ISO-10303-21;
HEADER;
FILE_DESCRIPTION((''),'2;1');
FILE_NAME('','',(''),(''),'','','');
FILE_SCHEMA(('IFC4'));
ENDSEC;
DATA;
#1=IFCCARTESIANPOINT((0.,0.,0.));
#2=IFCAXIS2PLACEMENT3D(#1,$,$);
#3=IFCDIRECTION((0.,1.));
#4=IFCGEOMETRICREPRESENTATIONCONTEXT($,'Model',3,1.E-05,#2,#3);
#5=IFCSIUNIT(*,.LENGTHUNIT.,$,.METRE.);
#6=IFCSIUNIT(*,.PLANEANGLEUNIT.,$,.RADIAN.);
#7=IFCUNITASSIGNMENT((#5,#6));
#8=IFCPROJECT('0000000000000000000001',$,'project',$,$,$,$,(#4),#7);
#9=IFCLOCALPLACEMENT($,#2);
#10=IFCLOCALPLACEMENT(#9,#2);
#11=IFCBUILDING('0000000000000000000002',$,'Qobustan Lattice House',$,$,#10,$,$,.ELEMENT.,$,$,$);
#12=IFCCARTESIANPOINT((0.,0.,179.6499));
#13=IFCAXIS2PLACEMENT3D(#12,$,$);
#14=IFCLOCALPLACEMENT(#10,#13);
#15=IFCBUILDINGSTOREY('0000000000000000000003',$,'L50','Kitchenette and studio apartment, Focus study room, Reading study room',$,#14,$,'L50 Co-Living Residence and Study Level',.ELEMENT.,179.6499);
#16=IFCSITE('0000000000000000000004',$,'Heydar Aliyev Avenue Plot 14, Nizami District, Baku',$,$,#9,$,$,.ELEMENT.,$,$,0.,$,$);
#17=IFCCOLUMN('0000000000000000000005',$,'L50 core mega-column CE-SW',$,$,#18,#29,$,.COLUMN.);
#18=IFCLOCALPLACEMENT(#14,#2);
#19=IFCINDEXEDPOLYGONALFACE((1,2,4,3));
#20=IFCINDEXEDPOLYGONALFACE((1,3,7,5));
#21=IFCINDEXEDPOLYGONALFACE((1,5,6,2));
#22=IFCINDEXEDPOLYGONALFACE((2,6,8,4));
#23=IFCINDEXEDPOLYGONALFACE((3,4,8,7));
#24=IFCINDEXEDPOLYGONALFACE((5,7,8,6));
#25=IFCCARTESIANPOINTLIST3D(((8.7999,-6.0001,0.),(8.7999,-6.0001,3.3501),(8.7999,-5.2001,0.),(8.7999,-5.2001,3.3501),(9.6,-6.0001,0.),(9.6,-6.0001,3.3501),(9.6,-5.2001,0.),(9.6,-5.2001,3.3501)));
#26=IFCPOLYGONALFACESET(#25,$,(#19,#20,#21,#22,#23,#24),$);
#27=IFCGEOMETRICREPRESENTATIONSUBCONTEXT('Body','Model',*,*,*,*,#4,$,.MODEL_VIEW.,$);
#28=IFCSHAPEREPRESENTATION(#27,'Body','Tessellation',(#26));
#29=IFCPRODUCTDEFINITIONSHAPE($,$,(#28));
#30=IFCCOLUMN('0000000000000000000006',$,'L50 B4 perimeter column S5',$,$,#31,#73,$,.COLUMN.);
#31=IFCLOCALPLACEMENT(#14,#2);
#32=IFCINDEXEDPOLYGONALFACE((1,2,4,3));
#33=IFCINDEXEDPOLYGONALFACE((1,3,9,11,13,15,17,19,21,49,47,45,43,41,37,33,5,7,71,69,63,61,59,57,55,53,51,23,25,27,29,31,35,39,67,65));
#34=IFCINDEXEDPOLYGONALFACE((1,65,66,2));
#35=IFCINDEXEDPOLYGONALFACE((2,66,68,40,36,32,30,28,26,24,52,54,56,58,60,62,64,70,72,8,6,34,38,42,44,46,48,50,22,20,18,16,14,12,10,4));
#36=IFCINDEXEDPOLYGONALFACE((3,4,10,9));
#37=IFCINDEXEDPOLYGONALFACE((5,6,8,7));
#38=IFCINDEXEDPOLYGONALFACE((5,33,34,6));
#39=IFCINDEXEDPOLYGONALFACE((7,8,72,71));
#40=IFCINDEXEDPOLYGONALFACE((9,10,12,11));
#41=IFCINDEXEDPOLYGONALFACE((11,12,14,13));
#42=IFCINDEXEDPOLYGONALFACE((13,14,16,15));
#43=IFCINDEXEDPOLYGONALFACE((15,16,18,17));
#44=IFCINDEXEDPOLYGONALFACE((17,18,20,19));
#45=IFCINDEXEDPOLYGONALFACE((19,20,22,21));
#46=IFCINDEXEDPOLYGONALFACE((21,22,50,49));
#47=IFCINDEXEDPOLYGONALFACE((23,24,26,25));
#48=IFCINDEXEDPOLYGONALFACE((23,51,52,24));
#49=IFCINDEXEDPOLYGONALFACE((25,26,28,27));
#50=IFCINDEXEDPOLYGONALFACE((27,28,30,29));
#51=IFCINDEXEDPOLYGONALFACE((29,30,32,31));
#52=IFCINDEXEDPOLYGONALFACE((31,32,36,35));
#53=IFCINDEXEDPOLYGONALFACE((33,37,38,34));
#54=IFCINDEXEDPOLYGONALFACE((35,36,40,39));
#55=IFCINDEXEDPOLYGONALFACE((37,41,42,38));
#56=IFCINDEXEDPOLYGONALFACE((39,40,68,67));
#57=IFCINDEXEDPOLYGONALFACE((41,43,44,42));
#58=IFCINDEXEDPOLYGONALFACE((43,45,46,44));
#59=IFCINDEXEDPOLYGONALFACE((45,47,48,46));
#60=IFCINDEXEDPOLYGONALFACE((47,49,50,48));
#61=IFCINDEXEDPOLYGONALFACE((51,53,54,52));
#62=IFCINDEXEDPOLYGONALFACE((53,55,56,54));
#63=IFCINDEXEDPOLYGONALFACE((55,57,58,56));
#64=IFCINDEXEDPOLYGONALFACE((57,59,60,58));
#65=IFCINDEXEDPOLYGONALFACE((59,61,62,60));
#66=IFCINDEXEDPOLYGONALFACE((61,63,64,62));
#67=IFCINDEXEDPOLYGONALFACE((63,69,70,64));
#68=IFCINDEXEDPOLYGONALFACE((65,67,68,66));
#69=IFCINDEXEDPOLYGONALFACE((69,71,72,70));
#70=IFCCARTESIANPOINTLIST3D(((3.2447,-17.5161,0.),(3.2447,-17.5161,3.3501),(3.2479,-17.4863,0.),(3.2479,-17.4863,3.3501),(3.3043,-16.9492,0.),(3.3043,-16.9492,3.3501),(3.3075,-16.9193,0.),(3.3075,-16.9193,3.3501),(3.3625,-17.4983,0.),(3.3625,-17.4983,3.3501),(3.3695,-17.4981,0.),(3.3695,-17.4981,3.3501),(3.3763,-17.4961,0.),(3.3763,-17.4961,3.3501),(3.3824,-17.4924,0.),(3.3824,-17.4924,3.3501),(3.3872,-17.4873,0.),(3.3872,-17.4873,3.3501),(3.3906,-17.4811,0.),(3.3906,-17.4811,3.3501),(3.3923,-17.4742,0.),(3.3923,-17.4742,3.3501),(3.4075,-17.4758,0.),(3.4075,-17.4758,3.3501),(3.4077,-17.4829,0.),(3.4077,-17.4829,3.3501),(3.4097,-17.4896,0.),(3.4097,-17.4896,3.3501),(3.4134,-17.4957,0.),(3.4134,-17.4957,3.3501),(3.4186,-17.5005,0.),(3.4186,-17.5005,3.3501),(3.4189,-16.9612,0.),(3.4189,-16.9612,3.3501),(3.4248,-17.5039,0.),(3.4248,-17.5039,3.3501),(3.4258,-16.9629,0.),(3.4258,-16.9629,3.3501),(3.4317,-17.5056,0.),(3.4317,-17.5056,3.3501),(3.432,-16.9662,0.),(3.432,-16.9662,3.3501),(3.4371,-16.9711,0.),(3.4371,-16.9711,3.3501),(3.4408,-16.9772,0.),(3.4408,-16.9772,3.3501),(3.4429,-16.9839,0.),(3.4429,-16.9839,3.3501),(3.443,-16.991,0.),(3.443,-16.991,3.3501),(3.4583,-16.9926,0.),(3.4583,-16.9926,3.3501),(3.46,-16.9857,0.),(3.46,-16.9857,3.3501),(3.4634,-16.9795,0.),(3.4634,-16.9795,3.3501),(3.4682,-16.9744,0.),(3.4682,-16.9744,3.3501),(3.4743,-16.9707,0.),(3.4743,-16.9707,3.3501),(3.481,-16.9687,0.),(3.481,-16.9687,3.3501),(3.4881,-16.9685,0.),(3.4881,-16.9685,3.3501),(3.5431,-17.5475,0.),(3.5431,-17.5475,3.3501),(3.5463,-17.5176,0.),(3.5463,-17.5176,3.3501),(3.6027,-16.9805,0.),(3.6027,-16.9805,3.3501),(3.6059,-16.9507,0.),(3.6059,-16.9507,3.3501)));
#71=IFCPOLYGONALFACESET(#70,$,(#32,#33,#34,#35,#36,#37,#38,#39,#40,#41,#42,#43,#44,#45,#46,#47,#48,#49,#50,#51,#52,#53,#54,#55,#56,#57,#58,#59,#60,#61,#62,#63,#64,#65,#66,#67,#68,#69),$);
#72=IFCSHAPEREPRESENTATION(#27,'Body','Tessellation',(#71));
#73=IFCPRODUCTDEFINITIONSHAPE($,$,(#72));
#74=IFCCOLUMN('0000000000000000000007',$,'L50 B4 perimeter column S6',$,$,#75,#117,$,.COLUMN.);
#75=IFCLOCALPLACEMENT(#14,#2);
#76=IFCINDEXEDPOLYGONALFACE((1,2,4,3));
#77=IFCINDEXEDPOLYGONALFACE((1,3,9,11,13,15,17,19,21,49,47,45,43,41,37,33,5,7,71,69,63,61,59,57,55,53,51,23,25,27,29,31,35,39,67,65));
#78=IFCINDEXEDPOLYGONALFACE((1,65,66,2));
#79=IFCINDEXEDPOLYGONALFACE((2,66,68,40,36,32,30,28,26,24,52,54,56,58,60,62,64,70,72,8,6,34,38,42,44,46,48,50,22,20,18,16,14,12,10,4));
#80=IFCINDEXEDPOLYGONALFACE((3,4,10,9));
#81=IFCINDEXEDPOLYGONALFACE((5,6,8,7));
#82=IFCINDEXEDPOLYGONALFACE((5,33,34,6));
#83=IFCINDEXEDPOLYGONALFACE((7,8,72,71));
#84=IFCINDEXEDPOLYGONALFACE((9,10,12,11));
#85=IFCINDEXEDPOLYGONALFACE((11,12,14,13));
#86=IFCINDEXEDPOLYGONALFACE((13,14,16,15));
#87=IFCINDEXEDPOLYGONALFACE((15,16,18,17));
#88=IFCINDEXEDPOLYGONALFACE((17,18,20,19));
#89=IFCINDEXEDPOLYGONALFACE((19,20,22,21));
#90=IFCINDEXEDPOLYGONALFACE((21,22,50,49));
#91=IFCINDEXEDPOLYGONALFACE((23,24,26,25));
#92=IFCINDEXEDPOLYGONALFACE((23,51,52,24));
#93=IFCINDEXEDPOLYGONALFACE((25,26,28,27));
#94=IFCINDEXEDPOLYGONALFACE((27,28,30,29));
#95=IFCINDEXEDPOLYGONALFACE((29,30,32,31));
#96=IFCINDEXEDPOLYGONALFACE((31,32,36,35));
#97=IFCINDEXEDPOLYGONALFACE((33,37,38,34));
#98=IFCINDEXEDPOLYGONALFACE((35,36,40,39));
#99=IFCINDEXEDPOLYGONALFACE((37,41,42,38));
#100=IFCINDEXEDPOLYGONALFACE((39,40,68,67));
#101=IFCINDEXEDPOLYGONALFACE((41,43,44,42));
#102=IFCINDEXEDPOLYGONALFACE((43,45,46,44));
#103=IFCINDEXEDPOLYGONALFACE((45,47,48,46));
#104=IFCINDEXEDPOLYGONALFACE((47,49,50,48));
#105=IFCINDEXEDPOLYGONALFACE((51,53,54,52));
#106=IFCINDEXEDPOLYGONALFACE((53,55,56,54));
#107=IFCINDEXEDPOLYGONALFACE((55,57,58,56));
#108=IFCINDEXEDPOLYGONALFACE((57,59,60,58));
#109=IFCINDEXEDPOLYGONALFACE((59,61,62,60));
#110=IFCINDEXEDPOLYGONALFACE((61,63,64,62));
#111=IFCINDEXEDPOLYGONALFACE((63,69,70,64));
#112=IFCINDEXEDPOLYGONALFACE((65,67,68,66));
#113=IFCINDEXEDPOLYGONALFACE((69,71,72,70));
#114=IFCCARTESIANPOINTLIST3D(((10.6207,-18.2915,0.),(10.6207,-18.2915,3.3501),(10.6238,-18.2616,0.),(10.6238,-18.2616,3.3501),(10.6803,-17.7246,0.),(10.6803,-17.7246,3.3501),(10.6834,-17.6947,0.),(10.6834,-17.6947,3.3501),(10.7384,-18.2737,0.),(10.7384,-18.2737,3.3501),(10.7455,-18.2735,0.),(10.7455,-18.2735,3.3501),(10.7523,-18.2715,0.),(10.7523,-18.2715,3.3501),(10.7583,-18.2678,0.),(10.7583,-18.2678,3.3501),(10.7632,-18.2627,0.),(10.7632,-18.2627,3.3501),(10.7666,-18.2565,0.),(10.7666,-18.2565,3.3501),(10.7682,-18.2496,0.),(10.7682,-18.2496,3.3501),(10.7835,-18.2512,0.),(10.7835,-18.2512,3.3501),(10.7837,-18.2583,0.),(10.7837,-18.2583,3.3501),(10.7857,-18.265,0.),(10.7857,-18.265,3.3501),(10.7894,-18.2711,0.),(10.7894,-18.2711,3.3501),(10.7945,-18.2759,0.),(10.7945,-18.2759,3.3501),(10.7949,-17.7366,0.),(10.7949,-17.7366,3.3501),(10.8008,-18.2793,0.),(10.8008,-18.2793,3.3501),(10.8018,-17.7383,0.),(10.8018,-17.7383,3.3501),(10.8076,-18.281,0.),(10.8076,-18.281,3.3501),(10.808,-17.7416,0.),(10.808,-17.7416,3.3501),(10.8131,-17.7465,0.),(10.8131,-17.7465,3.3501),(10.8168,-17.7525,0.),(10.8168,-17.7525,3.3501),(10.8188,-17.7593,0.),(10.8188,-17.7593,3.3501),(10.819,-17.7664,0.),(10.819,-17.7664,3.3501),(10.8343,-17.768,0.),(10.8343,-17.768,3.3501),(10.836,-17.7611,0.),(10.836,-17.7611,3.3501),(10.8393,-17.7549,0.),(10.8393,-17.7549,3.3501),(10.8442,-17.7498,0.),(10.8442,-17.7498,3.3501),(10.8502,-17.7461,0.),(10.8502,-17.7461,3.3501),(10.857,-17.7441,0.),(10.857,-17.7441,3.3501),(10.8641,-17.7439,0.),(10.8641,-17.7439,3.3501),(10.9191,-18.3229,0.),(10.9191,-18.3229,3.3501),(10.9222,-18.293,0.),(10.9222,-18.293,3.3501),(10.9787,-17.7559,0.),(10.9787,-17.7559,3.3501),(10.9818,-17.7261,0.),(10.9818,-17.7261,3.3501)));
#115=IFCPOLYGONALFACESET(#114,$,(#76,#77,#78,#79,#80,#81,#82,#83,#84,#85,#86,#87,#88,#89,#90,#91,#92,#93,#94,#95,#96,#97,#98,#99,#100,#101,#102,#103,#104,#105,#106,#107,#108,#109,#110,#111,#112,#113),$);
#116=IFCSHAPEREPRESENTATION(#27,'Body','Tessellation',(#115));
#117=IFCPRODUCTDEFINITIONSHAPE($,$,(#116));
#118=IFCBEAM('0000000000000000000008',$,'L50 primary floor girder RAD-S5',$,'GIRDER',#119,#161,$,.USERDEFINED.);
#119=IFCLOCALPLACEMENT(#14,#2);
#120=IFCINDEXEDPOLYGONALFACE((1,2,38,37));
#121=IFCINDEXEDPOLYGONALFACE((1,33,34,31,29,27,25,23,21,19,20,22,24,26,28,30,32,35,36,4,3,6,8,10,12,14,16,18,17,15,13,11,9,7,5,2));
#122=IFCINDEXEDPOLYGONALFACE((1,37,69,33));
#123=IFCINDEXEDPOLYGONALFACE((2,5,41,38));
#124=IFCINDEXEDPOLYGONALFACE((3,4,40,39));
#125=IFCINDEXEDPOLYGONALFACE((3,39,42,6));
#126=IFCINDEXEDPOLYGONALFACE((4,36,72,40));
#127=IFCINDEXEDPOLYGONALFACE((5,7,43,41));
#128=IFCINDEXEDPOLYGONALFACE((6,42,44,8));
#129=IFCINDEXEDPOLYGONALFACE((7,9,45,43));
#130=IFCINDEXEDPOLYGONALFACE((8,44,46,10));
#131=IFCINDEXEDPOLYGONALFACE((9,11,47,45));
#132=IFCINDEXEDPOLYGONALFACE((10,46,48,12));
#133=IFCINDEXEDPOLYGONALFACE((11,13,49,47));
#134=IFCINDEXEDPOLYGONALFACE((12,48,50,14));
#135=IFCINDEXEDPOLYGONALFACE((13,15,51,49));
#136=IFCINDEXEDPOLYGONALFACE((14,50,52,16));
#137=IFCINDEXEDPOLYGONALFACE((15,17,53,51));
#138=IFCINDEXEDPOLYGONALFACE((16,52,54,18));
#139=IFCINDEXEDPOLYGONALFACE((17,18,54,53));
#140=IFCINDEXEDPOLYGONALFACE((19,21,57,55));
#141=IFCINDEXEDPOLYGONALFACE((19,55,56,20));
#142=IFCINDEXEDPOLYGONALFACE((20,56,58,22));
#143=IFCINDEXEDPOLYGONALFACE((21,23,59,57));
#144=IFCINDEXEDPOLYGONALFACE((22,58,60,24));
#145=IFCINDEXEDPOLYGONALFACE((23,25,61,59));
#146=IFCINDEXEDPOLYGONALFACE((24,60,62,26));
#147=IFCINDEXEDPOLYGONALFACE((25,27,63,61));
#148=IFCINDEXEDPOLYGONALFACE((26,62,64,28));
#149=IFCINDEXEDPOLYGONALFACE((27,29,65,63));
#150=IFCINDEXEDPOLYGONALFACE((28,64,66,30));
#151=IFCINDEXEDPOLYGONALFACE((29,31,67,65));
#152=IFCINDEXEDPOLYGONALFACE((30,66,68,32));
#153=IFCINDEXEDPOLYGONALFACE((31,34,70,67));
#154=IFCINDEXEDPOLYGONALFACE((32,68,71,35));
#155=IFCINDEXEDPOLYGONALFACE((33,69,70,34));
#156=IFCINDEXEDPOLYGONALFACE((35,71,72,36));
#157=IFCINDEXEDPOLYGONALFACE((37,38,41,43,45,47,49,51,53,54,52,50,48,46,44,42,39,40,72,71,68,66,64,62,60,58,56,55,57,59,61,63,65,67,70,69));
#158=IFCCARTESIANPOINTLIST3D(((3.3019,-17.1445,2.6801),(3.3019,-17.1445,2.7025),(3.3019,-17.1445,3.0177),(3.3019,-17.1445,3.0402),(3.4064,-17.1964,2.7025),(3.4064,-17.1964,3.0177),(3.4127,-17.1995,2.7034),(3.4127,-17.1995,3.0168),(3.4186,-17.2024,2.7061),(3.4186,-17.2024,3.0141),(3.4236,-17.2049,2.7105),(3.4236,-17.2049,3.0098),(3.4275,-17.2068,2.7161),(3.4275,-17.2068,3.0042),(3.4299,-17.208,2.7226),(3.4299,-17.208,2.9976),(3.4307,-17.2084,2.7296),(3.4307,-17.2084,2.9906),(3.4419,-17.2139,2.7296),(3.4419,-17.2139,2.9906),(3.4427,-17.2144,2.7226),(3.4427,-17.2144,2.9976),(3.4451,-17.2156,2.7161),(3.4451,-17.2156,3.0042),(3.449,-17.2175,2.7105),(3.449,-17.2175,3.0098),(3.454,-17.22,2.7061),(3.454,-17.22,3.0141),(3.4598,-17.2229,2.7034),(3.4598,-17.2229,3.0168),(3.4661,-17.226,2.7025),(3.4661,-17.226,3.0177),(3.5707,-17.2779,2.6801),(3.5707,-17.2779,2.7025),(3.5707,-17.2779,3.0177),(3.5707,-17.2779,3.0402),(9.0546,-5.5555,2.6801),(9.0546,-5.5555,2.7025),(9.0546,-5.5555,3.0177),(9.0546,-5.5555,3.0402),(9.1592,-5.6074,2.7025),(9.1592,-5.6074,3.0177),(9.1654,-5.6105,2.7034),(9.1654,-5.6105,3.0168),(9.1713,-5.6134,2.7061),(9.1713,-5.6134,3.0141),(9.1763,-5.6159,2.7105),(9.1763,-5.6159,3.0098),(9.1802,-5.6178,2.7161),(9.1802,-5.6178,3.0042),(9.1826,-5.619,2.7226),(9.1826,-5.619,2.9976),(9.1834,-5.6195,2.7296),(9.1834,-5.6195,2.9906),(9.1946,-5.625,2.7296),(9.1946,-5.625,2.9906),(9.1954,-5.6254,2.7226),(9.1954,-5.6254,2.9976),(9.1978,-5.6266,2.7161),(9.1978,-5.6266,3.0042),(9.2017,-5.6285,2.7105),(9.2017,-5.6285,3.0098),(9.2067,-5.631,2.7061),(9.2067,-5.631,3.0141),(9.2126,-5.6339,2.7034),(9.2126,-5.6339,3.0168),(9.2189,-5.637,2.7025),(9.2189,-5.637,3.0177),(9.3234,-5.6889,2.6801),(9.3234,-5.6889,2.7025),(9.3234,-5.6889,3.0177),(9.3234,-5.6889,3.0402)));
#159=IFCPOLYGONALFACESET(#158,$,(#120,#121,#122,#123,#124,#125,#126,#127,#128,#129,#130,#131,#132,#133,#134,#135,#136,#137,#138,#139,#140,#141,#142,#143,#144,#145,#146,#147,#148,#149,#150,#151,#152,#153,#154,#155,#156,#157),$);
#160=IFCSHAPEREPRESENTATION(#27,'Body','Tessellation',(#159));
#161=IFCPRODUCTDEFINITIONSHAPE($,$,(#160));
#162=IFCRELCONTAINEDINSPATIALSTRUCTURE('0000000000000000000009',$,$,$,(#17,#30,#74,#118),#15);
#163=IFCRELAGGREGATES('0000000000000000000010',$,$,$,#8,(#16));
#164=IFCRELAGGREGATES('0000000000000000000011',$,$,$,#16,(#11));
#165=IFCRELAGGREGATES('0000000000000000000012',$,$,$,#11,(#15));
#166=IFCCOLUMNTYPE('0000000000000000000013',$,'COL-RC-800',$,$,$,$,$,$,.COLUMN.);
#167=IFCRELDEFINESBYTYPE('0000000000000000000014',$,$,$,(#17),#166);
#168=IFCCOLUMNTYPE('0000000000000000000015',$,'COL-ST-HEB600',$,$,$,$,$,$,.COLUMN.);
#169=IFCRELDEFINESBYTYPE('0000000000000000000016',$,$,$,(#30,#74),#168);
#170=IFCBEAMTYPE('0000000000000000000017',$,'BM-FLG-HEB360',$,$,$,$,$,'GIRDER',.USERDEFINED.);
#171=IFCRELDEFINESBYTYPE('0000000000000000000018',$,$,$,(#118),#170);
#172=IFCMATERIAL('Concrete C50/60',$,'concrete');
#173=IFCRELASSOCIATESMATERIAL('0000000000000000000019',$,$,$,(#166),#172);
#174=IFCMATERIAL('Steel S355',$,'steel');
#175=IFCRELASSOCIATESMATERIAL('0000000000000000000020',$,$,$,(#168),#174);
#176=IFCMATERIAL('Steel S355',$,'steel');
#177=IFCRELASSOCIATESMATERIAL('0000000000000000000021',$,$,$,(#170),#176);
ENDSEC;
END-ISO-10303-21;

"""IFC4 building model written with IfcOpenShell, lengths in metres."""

from ifc_helpers import new_model, si_unit, direction, frame, origin, origin_2d, place, context, subcontext, project, spatial, rectangle, i_section, extrude, material, material_profile, profile_set, type_object, element, save


model = new_model("IFC4")

# Units and contexts
model_context = context("Model", 3, precision=1e-05, world=origin(), true_north=direction((0.0, 1.0)))
body_context = subcontext(model_context, "Body", "Model", "MODEL_VIEW")
ifc_project = project(units=[si_unit("LENGTHUNIT", "METRE"), si_unit("PLANEANGLEUNIT", "RADIAN")], contexts=[model_context])

# Site, building, storey
site_placement = place(None, origin())
site = spatial("IfcSite", under=ifc_project, at=site_placement, Name="Heydar Aliyev Avenue Plot 14, Nizami District, Baku", CompositionType="ELEMENT", RefElevation=0.0)
building_placement = place(site_placement, origin())
building = spatial("IfcBuilding", under=site, at=building_placement, Name="Qobustan Lattice House", CompositionType="ELEMENT")
storey_placement = place(building_placement, frame((0.0, 0.0, 179.6499)))
storey = spatial("IfcBuildingStorey", under=building, at=storey_placement, Name="L50", Description="Kitchenette and studio apartment, Focus study room, Reading study room", LongName="L50 Co-Living Residence and Study Level", CompositionType="ELEMENT", Elevation=179.6499)

# Columns
ifc_material_1 = material(Name="Concrete C50/60", Category="concrete")
ifc_material_profile_1 = material_profile(ifc_material_1, rectangle(XDim=0.8, YDim=0.8, at=origin_2d()), Name="RC800x800")
ifc_profile_set_1 = profile_set([ifc_material_profile_1], Name="Concrete C50/60")
column_type_1 = type_object("IfcColumnType", Name="COL-RC-800", PredefinedType="COLUMN", material=ifc_profile_set_1)
column_placement = place(storey_placement, frame((9.2, -5.6001, 0.0), z_axis=(0.0, 0.0, 1.0), x_axis=(1.0, 0.0, 0.0)))
element("IfcColumn", 1, at=column_placement, inside=storey, type_object=column_type_1, Name="L50 core mega-column CE-SW", PredefinedType="COLUMN", context=body_context, shape_type="SweptSolid", body=[
    extrude(rectangle(XDim=0.8, YDim=0.8, at=origin_2d()), origin(), (0.0, 0.0, 1.0), 3.3501),
])
ifc_material_2 = material(Name="Steel S355", Category="steel")
ifc_material_profile_2 = material_profile(ifc_material_2, i_section(OverallWidth=0.3, OverallDepth=0.6001, WebThickness=0.0154, FlangeThickness=0.03, FilletRadius=0.0271, at=origin_2d()), Name="HEB600")
ifc_profile_set_2 = profile_set([ifc_material_profile_2], Name="Steel S355")
column_type_2 = type_object("IfcColumnType", Name="COL-ST-HEB600", PredefinedType="COLUMN", material=ifc_profile_set_2)
for number, where, z_axis, x_axis, name in (
    (2, (3.4253, -17.2334, 0.0), (0.0, 0.0, 1.0), (0.994522, -0.104528, 0.0), "L50 B4 perimeter column S5"),
    (3, (10.8013, -18.0088, 0.0), (0.0, 0.0, 1.0), (0.994522, -0.104528, 0.0), "L50 B4 perimeter column S6"),
):
    element("IfcColumn", number, at=place(storey_placement, frame(where, z_axis=z_axis, x_axis=x_axis)), inside=storey, type_object=column_type_2, Name=name, PredefinedType="COLUMN", context=body_context, shape_type="SweptSolid", body=[
        extrude(i_section(OverallWidth=0.3, OverallDepth=0.6001, WebThickness=0.0154, FlangeThickness=0.03, FilletRadius=0.0271, at=origin_2d()), origin(), (0.0, 0.0, 1.0), 3.3501),
    ])

# Beam
ifc_material_3 = material(Name="Steel S355", Category="steel")
ifc_material_profile_3 = material_profile(ifc_material_3, i_section(OverallWidth=0.3, OverallDepth=0.3601, WebThickness=0.0125, FlangeThickness=0.0225, FilletRadius=0.0271, at=origin_2d()), Name="HEB360")
ifc_profile_set_3 = profile_set([ifc_material_profile_3], Name="Steel S355")
beam_type_1 = type_object("IfcBeamType", Name="BM-FLG-HEB360", ElementType="GIRDER", PredefinedType="USERDEFINED", material=ifc_profile_set_3)
beam_1_placement = place(storey_placement, frame((3.4363, -17.2112, 2.8601), z_axis=(0.44463, 0.895714, 0.0), x_axis=(-0.895714, 0.44463, 0.0)))
element("IfcBeam", 4, at=beam_1_placement, inside=storey, type_object=beam_type_1, Name="L50 primary floor girder RAD-S5", ObjectType="GIRDER", PredefinedType="USERDEFINED", context=body_context, shape_type="SweptSolid", body=[
    extrude(i_section(OverallWidth=0.3, OverallDepth=0.3601, WebThickness=0.0125, FlangeThickness=0.0225, FilletRadius=0.0271, at=origin_2d()), origin(), (0.0, 0.0, 1.0), 12.9382),
])

save(model, "model.ifc")
